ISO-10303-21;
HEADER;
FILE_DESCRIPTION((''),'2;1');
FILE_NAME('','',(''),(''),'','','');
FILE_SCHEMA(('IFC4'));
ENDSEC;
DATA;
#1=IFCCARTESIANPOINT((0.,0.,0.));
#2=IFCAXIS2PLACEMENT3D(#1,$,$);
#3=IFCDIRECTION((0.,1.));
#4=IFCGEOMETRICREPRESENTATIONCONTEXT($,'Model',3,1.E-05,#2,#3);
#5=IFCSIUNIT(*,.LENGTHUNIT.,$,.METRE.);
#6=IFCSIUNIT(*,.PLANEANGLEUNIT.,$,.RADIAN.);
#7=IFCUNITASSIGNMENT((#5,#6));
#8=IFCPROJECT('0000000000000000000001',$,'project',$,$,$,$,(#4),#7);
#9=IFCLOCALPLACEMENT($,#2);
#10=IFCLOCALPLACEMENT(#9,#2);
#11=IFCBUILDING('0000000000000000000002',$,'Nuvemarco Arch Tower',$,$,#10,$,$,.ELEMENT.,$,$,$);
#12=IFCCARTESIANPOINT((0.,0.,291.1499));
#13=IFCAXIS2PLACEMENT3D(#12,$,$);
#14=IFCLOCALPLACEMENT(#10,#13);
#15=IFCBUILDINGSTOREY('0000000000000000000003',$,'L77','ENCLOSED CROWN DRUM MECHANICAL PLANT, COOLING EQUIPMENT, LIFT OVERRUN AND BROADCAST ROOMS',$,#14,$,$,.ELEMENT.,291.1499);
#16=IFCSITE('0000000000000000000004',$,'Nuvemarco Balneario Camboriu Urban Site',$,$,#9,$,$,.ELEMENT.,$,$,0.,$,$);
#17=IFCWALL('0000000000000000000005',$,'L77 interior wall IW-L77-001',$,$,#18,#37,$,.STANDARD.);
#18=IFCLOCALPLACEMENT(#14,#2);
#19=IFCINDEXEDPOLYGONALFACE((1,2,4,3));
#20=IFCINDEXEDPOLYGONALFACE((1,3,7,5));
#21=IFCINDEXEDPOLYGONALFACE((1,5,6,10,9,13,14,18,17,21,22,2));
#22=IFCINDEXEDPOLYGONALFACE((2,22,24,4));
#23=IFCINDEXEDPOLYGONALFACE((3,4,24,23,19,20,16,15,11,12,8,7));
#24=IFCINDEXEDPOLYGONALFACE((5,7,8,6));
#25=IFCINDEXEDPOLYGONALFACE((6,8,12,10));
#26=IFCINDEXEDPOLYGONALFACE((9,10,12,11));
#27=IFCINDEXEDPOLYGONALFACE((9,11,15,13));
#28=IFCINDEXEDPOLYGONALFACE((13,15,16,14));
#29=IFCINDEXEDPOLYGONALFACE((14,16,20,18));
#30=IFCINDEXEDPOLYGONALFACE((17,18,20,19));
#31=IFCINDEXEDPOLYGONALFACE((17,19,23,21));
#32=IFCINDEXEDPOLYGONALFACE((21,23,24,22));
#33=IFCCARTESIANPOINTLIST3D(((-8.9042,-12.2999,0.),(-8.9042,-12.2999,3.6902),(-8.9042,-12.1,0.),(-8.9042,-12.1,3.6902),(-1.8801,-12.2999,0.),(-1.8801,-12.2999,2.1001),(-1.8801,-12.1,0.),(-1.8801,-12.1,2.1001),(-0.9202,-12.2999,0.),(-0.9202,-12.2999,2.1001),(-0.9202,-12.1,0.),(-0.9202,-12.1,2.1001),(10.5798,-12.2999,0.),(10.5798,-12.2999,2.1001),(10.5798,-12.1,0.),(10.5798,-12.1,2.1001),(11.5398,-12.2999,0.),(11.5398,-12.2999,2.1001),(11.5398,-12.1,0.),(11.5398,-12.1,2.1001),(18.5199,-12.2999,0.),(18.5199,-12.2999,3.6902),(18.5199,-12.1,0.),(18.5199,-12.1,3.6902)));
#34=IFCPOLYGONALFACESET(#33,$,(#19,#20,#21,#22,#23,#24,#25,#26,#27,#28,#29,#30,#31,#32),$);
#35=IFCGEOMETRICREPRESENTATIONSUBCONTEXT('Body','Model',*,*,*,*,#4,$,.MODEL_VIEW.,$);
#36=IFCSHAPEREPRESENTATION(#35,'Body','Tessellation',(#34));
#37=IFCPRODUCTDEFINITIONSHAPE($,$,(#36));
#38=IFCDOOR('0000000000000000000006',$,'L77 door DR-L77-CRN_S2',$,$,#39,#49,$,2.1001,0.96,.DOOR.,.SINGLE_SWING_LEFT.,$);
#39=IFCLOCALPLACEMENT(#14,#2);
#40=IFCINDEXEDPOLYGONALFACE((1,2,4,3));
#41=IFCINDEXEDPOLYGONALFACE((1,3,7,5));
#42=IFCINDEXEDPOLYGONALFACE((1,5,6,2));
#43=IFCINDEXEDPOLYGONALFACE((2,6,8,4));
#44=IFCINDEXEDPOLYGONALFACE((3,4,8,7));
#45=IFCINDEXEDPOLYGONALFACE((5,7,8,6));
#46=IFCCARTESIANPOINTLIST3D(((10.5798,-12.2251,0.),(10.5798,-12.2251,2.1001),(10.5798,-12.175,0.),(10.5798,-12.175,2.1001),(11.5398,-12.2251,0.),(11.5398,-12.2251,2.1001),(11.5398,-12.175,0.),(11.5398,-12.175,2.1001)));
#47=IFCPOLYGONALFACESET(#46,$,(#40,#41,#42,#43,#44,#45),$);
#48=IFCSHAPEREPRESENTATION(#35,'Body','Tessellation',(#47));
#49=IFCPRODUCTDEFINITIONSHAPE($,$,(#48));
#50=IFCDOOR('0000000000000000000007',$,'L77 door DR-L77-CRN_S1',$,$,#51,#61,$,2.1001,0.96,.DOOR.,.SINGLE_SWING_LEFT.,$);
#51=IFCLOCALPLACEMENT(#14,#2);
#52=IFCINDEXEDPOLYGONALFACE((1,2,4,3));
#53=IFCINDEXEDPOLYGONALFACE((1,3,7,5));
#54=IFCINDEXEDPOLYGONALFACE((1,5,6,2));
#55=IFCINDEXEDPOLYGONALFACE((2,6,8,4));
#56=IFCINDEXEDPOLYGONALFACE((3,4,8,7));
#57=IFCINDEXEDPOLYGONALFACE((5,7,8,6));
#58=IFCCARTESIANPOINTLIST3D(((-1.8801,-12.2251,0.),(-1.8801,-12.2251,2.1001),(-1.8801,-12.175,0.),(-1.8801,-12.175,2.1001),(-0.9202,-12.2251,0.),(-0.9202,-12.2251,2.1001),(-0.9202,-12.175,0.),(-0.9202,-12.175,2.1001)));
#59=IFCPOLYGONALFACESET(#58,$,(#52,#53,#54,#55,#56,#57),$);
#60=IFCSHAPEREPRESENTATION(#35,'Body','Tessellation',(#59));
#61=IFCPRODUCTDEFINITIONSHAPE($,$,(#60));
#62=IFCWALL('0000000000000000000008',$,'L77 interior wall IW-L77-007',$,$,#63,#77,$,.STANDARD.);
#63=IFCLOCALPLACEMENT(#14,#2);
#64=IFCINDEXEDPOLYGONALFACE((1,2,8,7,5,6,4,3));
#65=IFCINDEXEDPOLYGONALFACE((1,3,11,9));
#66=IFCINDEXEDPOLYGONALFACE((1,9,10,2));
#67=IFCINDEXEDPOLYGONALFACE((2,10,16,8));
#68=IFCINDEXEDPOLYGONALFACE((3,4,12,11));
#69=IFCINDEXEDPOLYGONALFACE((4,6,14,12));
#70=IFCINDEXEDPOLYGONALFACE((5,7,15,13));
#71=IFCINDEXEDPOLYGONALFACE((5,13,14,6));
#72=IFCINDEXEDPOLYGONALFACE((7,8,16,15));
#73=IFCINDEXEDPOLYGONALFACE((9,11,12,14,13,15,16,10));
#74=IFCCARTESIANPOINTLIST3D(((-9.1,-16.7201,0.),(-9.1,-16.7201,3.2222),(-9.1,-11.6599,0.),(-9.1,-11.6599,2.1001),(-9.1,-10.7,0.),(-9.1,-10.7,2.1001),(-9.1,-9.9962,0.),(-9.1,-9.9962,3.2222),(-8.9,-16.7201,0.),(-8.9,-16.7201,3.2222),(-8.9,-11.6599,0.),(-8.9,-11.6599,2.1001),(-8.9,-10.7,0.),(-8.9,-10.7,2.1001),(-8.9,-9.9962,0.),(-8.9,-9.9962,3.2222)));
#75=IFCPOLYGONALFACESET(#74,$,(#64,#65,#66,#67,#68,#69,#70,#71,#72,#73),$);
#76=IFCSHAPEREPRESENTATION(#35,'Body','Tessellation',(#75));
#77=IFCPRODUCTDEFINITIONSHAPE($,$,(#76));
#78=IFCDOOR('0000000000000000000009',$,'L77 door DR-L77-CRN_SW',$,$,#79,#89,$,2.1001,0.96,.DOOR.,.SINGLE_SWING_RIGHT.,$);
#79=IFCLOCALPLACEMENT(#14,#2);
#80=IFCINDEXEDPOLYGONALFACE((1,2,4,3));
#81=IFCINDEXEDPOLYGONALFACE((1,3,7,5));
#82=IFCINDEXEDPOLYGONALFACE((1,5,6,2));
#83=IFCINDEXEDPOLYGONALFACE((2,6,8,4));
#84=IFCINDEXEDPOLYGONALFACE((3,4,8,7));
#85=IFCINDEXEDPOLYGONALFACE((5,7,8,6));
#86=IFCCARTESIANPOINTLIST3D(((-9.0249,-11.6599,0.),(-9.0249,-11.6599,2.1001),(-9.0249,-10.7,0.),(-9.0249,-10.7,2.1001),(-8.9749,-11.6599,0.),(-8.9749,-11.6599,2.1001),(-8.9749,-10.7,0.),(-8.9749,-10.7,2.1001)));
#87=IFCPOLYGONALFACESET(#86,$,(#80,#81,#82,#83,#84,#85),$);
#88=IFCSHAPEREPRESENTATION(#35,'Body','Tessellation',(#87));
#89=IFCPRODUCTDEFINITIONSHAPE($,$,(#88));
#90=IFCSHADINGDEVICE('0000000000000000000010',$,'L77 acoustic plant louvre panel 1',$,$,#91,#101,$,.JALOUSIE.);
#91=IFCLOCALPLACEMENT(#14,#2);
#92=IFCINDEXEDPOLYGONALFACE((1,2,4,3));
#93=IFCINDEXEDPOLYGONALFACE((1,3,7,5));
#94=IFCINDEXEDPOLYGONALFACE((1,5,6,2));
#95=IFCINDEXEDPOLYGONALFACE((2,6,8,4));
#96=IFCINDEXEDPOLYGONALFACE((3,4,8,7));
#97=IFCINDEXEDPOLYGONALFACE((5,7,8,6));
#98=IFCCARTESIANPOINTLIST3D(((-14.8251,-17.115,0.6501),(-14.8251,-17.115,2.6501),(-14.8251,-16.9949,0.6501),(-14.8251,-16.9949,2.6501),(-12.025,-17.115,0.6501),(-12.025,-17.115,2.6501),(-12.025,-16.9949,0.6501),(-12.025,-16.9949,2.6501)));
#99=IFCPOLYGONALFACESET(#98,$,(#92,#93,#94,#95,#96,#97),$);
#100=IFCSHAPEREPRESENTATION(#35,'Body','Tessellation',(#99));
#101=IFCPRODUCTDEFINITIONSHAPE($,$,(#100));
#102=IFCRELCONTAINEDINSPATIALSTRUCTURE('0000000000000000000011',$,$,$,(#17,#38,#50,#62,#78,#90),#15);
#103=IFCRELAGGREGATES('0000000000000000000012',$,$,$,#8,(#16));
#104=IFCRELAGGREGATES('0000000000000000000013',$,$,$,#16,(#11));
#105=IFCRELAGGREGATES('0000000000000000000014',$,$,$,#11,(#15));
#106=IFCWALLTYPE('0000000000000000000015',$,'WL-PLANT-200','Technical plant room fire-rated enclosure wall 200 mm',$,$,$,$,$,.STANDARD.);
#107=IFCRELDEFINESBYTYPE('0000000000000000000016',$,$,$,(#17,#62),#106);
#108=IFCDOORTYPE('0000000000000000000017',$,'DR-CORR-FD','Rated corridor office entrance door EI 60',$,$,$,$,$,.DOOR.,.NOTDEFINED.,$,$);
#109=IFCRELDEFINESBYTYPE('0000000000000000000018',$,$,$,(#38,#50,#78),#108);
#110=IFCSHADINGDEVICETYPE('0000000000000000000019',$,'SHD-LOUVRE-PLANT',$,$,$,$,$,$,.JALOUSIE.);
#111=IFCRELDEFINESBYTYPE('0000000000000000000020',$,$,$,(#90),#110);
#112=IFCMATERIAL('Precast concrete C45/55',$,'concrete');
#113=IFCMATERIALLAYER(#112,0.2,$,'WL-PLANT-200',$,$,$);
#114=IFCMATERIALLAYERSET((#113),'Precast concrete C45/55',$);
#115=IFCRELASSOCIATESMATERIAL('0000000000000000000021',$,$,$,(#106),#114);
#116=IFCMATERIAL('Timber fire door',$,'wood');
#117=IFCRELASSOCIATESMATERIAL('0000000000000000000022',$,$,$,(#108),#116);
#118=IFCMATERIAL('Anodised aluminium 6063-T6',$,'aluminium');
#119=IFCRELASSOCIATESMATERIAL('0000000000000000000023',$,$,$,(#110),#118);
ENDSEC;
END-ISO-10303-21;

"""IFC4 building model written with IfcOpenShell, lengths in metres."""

from ifc_helpers import new_model, si_unit, direction, frame, frame_2d, origin, origin_2d, place, context, subcontext, project, spatial, rectangle, extrude, source, transform, mapped, material, layer, layer_set, type_object, type_shapes, element, fill, save


model = new_model("IFC4")

# Units and contexts
model_context = context("Model", 3, precision=1e-05, world=origin(), true_north=direction((0.0, 1.0)))
body_context = subcontext(model_context, "Body", "Model", "MODEL_VIEW")
ifc_project = project(units=[si_unit("LENGTHUNIT", "METRE"), si_unit("PLANEANGLEUNIT", "RADIAN")], contexts=[model_context])

# Site, building, storey
site_placement = place(None, origin())
site = spatial("IfcSite", under=ifc_project, at=site_placement, Name="Nuvemarco Balneario Camboriu Urban Site", CompositionType="ELEMENT", RefElevation=0.0)
building_placement = place(site_placement, origin())
building = spatial("IfcBuilding", under=site, at=building_placement, Name="Nuvemarco Arch Tower", CompositionType="ELEMENT")
storey_placement = place(building_placement, frame((0.0, 0.0, 291.1499)))
storey = spatial("IfcBuildingStorey", under=building, at=storey_placement, Name="L77", Description="ENCLOSED CROWN DRUM MECHANICAL PLANT, COOLING EQUIPMENT, LIFT OVERRUN AND BROADCAST ROOMS", CompositionType="ELEMENT", Elevation=291.1499)

# Shared definitions
ifc_material_1 = material(Name="Precast concrete C45/55", Category="concrete")

# Wall, openings, doors
ifc_layer_1 = layer(ifc_material_1, 0.2, Name="WL-PLANT-200")
ifc_layer_set_1 = layer_set([ifc_layer_1], Name="Precast concrete C45/55")
wall_type_1 = type_object("IfcWallType", Name="WL-PLANT-200", Description="Technical plant room fire-rated enclosure wall 200 mm", PredefinedType="STANDARD", material=ifc_layer_set_1)
wall_1_placement = place(storey_placement, frame((-8.9041, -12.2, 0.0), z_axis=(0.0, 0.0, 1.0), x_axis=(1.0, 0.0, 0.0)))
wall_1 = element("IfcWall", 1, at=wall_1_placement, inside=storey, type_object=wall_type_1, Name="L77 interior wall IW-L77-001", PredefinedType="STANDARD", context=body_context, shape_type="SweptSolid", body=[
    extrude(rectangle(XDim=27.4241, YDim=0.2, at=frame_2d((13.7119, 0.0))), origin(), (0.0, 0.0, 1.0), 3.6902),
])
opening_1_placement = place(wall_1_placement, frame((19.4839, 0.0, 0.0)))
opening_1 = element("IfcOpeningElement", 2, at=opening_1_placement, cuts=wall_1, PredefinedType="OPENING", context=body_context, shape_type="SweptSolid", body=[
    extrude(rectangle(XDim=0.96, YDim=2.1001, at=frame_2d((0.48, 1.05))), frame((0.0, 0.1099, 0.0), z_axis=(0.0, -1.0, 0.0), x_axis=(1.0, 0.0, 0.0)), (0.0, 0.0, 1.0), 0.22),
])
opening_2_placement = place(wall_1_placement, frame((7.0239, 0.0, 0.0)))
opening_2 = element("IfcOpeningElement", 3, at=opening_2_placement, cuts=wall_1, PredefinedType="OPENING", context=body_context, shape_type="SweptSolid", body=[
    extrude(rectangle(XDim=0.96, YDim=2.1001, at=frame_2d((0.48, 1.05))), frame((0.0, 0.1099, 0.0), z_axis=(0.0, -1.0, 0.0), x_axis=(1.0, 0.0, 0.0)), (0.0, 0.0, 1.0), 0.22),
])
ifc_material_2 = material(Name="Timber fire door", Category="wood")
door_type = type_object("IfcDoorType", Name="DR-CORR-FD", Description="Rated corridor office entrance door EI 60", OperationType="NOTDEFINED", PredefinedType="DOOR", material=ifc_material_2)
shared_shape_1 = source(origin(), body_context, "Body", "SweptSolid", [
    extrude(rectangle(XDim=0.96, YDim=2.1001, at=frame_2d((0.48, 1.05))), frame((0.0, 0.0249, 0.0), z_axis=(0.0, -1.0, 0.0), x_axis=(1.0, 0.0, 0.0)), (0.0, 0.0, 1.0), 0.05),
])
type_shapes(door_type, [shared_shape_1])
door_1_placement = place(opening_1_placement, origin())
door_1 = element("IfcDoor", 4, at=door_1_placement, inside=storey, type_object=door_type, Name="L77 door DR-L77-CRN_S2", OperationType="SINGLE_SWING_LEFT", OverallHeight=2.1001, OverallWidth=0.96, PredefinedType="DOOR", context=body_context, shape_type="MappedRepresentation", body=[
    mapped(shared_shape_1, transform((0.0, 0.0, 0.0), scale=1.0)),
])
fill(opening_1, door_1)
door_2_placement = place(opening_2_placement, origin())
door_2 = element("IfcDoor", 5, at=door_2_placement, inside=storey, type_object=door_type, Name="L77 door DR-L77-CRN_S1", OperationType="SINGLE_SWING_LEFT", OverallHeight=2.1001, OverallWidth=0.96, PredefinedType="DOOR", context=body_context, shape_type="MappedRepresentation", body=[
    mapped(shared_shape_1, transform((0.0, 0.0, 0.0), scale=1.0)),
])
fill(opening_2, door_2)

# Wall, opening, door
wall_2_placement = place(storey_placement, frame((-9.0, -16.72, 0.0), z_axis=(0.0, 0.0, 1.0), x_axis=(0.0, 1.0, 0.0)))
wall_2 = element("IfcWall", 6, at=wall_2_placement, inside=storey, type_object=wall_type_1, Name="L77 interior wall IW-L77-007", PredefinedType="STANDARD", context=body_context, shape_type="SweptSolid", body=[
    extrude(rectangle(XDim=6.7239, YDim=0.2, at=frame_2d((3.3618, 0.0))), origin(), (0.0, 0.0, 1.0), 3.2222),
])
opening_3_placement = place(wall_2_placement, frame((5.0601, 0.0, 0.0)))
opening_3 = element("IfcOpeningElement", 7, at=opening_3_placement, cuts=wall_2, PredefinedType="OPENING", context=body_context, shape_type="SweptSolid", body=[
    extrude(rectangle(XDim=0.96, YDim=2.1001, at=frame_2d((0.48, 1.05))), frame((0.0, 0.1099, 0.0), z_axis=(0.0, -1.0, 0.0), x_axis=(1.0, 0.0, 0.0)), (0.0, 0.0, 1.0), 0.22),
])
door_3_placement = place(opening_3_placement, origin())
door_3 = element("IfcDoor", 8, at=door_3_placement, inside=storey, type_object=door_type, Name="L77 door DR-L77-CRN_SW", OperationType="SINGLE_SWING_RIGHT", OverallHeight=2.1001, OverallWidth=0.96, PredefinedType="DOOR", context=body_context, shape_type="MappedRepresentation", body=[
    mapped(shared_shape_1, transform((0.0, 0.0, 0.0), scale=1.0)),
])
fill(opening_3, door_3)

# Shading device
ifc_material_3 = material(Name="Anodised aluminium 6063-T6", Category="aluminium")
shading_device_type = type_object("IfcShadingDeviceType", Name="SHD-LOUVRE-PLANT", PredefinedType="JALOUSIE", material=ifc_material_3)
shared_shape_2 = source(origin(), body_context, "Body", "SweptSolid", [
    extrude(rectangle(XDim=2.8, YDim=0.1201, at=origin_2d()), origin(), (0.0, 0.0, 1.0), 2.0),
])
type_shapes(shading_device_type, [shared_shape_2])
shading_device_placement = place(storey_placement, frame((-13.425, -17.0549, 0.6501), z_axis=(0.0, 0.0, 1.0), x_axis=(1.0, 0.0, 0.0)))
element("IfcShadingDevice", 9, at=shading_device_placement, inside=storey, type_object=shading_device_type, Name="L77 acoustic plant louvre panel 1", PredefinedType="JALOUSIE", context=body_context, shape_type="MappedRepresentation", body=[
    mapped(shared_shape_2, transform((0.0, 0.0, 0.0), scale=1.0)),
])

save(model, "model.ifc")
